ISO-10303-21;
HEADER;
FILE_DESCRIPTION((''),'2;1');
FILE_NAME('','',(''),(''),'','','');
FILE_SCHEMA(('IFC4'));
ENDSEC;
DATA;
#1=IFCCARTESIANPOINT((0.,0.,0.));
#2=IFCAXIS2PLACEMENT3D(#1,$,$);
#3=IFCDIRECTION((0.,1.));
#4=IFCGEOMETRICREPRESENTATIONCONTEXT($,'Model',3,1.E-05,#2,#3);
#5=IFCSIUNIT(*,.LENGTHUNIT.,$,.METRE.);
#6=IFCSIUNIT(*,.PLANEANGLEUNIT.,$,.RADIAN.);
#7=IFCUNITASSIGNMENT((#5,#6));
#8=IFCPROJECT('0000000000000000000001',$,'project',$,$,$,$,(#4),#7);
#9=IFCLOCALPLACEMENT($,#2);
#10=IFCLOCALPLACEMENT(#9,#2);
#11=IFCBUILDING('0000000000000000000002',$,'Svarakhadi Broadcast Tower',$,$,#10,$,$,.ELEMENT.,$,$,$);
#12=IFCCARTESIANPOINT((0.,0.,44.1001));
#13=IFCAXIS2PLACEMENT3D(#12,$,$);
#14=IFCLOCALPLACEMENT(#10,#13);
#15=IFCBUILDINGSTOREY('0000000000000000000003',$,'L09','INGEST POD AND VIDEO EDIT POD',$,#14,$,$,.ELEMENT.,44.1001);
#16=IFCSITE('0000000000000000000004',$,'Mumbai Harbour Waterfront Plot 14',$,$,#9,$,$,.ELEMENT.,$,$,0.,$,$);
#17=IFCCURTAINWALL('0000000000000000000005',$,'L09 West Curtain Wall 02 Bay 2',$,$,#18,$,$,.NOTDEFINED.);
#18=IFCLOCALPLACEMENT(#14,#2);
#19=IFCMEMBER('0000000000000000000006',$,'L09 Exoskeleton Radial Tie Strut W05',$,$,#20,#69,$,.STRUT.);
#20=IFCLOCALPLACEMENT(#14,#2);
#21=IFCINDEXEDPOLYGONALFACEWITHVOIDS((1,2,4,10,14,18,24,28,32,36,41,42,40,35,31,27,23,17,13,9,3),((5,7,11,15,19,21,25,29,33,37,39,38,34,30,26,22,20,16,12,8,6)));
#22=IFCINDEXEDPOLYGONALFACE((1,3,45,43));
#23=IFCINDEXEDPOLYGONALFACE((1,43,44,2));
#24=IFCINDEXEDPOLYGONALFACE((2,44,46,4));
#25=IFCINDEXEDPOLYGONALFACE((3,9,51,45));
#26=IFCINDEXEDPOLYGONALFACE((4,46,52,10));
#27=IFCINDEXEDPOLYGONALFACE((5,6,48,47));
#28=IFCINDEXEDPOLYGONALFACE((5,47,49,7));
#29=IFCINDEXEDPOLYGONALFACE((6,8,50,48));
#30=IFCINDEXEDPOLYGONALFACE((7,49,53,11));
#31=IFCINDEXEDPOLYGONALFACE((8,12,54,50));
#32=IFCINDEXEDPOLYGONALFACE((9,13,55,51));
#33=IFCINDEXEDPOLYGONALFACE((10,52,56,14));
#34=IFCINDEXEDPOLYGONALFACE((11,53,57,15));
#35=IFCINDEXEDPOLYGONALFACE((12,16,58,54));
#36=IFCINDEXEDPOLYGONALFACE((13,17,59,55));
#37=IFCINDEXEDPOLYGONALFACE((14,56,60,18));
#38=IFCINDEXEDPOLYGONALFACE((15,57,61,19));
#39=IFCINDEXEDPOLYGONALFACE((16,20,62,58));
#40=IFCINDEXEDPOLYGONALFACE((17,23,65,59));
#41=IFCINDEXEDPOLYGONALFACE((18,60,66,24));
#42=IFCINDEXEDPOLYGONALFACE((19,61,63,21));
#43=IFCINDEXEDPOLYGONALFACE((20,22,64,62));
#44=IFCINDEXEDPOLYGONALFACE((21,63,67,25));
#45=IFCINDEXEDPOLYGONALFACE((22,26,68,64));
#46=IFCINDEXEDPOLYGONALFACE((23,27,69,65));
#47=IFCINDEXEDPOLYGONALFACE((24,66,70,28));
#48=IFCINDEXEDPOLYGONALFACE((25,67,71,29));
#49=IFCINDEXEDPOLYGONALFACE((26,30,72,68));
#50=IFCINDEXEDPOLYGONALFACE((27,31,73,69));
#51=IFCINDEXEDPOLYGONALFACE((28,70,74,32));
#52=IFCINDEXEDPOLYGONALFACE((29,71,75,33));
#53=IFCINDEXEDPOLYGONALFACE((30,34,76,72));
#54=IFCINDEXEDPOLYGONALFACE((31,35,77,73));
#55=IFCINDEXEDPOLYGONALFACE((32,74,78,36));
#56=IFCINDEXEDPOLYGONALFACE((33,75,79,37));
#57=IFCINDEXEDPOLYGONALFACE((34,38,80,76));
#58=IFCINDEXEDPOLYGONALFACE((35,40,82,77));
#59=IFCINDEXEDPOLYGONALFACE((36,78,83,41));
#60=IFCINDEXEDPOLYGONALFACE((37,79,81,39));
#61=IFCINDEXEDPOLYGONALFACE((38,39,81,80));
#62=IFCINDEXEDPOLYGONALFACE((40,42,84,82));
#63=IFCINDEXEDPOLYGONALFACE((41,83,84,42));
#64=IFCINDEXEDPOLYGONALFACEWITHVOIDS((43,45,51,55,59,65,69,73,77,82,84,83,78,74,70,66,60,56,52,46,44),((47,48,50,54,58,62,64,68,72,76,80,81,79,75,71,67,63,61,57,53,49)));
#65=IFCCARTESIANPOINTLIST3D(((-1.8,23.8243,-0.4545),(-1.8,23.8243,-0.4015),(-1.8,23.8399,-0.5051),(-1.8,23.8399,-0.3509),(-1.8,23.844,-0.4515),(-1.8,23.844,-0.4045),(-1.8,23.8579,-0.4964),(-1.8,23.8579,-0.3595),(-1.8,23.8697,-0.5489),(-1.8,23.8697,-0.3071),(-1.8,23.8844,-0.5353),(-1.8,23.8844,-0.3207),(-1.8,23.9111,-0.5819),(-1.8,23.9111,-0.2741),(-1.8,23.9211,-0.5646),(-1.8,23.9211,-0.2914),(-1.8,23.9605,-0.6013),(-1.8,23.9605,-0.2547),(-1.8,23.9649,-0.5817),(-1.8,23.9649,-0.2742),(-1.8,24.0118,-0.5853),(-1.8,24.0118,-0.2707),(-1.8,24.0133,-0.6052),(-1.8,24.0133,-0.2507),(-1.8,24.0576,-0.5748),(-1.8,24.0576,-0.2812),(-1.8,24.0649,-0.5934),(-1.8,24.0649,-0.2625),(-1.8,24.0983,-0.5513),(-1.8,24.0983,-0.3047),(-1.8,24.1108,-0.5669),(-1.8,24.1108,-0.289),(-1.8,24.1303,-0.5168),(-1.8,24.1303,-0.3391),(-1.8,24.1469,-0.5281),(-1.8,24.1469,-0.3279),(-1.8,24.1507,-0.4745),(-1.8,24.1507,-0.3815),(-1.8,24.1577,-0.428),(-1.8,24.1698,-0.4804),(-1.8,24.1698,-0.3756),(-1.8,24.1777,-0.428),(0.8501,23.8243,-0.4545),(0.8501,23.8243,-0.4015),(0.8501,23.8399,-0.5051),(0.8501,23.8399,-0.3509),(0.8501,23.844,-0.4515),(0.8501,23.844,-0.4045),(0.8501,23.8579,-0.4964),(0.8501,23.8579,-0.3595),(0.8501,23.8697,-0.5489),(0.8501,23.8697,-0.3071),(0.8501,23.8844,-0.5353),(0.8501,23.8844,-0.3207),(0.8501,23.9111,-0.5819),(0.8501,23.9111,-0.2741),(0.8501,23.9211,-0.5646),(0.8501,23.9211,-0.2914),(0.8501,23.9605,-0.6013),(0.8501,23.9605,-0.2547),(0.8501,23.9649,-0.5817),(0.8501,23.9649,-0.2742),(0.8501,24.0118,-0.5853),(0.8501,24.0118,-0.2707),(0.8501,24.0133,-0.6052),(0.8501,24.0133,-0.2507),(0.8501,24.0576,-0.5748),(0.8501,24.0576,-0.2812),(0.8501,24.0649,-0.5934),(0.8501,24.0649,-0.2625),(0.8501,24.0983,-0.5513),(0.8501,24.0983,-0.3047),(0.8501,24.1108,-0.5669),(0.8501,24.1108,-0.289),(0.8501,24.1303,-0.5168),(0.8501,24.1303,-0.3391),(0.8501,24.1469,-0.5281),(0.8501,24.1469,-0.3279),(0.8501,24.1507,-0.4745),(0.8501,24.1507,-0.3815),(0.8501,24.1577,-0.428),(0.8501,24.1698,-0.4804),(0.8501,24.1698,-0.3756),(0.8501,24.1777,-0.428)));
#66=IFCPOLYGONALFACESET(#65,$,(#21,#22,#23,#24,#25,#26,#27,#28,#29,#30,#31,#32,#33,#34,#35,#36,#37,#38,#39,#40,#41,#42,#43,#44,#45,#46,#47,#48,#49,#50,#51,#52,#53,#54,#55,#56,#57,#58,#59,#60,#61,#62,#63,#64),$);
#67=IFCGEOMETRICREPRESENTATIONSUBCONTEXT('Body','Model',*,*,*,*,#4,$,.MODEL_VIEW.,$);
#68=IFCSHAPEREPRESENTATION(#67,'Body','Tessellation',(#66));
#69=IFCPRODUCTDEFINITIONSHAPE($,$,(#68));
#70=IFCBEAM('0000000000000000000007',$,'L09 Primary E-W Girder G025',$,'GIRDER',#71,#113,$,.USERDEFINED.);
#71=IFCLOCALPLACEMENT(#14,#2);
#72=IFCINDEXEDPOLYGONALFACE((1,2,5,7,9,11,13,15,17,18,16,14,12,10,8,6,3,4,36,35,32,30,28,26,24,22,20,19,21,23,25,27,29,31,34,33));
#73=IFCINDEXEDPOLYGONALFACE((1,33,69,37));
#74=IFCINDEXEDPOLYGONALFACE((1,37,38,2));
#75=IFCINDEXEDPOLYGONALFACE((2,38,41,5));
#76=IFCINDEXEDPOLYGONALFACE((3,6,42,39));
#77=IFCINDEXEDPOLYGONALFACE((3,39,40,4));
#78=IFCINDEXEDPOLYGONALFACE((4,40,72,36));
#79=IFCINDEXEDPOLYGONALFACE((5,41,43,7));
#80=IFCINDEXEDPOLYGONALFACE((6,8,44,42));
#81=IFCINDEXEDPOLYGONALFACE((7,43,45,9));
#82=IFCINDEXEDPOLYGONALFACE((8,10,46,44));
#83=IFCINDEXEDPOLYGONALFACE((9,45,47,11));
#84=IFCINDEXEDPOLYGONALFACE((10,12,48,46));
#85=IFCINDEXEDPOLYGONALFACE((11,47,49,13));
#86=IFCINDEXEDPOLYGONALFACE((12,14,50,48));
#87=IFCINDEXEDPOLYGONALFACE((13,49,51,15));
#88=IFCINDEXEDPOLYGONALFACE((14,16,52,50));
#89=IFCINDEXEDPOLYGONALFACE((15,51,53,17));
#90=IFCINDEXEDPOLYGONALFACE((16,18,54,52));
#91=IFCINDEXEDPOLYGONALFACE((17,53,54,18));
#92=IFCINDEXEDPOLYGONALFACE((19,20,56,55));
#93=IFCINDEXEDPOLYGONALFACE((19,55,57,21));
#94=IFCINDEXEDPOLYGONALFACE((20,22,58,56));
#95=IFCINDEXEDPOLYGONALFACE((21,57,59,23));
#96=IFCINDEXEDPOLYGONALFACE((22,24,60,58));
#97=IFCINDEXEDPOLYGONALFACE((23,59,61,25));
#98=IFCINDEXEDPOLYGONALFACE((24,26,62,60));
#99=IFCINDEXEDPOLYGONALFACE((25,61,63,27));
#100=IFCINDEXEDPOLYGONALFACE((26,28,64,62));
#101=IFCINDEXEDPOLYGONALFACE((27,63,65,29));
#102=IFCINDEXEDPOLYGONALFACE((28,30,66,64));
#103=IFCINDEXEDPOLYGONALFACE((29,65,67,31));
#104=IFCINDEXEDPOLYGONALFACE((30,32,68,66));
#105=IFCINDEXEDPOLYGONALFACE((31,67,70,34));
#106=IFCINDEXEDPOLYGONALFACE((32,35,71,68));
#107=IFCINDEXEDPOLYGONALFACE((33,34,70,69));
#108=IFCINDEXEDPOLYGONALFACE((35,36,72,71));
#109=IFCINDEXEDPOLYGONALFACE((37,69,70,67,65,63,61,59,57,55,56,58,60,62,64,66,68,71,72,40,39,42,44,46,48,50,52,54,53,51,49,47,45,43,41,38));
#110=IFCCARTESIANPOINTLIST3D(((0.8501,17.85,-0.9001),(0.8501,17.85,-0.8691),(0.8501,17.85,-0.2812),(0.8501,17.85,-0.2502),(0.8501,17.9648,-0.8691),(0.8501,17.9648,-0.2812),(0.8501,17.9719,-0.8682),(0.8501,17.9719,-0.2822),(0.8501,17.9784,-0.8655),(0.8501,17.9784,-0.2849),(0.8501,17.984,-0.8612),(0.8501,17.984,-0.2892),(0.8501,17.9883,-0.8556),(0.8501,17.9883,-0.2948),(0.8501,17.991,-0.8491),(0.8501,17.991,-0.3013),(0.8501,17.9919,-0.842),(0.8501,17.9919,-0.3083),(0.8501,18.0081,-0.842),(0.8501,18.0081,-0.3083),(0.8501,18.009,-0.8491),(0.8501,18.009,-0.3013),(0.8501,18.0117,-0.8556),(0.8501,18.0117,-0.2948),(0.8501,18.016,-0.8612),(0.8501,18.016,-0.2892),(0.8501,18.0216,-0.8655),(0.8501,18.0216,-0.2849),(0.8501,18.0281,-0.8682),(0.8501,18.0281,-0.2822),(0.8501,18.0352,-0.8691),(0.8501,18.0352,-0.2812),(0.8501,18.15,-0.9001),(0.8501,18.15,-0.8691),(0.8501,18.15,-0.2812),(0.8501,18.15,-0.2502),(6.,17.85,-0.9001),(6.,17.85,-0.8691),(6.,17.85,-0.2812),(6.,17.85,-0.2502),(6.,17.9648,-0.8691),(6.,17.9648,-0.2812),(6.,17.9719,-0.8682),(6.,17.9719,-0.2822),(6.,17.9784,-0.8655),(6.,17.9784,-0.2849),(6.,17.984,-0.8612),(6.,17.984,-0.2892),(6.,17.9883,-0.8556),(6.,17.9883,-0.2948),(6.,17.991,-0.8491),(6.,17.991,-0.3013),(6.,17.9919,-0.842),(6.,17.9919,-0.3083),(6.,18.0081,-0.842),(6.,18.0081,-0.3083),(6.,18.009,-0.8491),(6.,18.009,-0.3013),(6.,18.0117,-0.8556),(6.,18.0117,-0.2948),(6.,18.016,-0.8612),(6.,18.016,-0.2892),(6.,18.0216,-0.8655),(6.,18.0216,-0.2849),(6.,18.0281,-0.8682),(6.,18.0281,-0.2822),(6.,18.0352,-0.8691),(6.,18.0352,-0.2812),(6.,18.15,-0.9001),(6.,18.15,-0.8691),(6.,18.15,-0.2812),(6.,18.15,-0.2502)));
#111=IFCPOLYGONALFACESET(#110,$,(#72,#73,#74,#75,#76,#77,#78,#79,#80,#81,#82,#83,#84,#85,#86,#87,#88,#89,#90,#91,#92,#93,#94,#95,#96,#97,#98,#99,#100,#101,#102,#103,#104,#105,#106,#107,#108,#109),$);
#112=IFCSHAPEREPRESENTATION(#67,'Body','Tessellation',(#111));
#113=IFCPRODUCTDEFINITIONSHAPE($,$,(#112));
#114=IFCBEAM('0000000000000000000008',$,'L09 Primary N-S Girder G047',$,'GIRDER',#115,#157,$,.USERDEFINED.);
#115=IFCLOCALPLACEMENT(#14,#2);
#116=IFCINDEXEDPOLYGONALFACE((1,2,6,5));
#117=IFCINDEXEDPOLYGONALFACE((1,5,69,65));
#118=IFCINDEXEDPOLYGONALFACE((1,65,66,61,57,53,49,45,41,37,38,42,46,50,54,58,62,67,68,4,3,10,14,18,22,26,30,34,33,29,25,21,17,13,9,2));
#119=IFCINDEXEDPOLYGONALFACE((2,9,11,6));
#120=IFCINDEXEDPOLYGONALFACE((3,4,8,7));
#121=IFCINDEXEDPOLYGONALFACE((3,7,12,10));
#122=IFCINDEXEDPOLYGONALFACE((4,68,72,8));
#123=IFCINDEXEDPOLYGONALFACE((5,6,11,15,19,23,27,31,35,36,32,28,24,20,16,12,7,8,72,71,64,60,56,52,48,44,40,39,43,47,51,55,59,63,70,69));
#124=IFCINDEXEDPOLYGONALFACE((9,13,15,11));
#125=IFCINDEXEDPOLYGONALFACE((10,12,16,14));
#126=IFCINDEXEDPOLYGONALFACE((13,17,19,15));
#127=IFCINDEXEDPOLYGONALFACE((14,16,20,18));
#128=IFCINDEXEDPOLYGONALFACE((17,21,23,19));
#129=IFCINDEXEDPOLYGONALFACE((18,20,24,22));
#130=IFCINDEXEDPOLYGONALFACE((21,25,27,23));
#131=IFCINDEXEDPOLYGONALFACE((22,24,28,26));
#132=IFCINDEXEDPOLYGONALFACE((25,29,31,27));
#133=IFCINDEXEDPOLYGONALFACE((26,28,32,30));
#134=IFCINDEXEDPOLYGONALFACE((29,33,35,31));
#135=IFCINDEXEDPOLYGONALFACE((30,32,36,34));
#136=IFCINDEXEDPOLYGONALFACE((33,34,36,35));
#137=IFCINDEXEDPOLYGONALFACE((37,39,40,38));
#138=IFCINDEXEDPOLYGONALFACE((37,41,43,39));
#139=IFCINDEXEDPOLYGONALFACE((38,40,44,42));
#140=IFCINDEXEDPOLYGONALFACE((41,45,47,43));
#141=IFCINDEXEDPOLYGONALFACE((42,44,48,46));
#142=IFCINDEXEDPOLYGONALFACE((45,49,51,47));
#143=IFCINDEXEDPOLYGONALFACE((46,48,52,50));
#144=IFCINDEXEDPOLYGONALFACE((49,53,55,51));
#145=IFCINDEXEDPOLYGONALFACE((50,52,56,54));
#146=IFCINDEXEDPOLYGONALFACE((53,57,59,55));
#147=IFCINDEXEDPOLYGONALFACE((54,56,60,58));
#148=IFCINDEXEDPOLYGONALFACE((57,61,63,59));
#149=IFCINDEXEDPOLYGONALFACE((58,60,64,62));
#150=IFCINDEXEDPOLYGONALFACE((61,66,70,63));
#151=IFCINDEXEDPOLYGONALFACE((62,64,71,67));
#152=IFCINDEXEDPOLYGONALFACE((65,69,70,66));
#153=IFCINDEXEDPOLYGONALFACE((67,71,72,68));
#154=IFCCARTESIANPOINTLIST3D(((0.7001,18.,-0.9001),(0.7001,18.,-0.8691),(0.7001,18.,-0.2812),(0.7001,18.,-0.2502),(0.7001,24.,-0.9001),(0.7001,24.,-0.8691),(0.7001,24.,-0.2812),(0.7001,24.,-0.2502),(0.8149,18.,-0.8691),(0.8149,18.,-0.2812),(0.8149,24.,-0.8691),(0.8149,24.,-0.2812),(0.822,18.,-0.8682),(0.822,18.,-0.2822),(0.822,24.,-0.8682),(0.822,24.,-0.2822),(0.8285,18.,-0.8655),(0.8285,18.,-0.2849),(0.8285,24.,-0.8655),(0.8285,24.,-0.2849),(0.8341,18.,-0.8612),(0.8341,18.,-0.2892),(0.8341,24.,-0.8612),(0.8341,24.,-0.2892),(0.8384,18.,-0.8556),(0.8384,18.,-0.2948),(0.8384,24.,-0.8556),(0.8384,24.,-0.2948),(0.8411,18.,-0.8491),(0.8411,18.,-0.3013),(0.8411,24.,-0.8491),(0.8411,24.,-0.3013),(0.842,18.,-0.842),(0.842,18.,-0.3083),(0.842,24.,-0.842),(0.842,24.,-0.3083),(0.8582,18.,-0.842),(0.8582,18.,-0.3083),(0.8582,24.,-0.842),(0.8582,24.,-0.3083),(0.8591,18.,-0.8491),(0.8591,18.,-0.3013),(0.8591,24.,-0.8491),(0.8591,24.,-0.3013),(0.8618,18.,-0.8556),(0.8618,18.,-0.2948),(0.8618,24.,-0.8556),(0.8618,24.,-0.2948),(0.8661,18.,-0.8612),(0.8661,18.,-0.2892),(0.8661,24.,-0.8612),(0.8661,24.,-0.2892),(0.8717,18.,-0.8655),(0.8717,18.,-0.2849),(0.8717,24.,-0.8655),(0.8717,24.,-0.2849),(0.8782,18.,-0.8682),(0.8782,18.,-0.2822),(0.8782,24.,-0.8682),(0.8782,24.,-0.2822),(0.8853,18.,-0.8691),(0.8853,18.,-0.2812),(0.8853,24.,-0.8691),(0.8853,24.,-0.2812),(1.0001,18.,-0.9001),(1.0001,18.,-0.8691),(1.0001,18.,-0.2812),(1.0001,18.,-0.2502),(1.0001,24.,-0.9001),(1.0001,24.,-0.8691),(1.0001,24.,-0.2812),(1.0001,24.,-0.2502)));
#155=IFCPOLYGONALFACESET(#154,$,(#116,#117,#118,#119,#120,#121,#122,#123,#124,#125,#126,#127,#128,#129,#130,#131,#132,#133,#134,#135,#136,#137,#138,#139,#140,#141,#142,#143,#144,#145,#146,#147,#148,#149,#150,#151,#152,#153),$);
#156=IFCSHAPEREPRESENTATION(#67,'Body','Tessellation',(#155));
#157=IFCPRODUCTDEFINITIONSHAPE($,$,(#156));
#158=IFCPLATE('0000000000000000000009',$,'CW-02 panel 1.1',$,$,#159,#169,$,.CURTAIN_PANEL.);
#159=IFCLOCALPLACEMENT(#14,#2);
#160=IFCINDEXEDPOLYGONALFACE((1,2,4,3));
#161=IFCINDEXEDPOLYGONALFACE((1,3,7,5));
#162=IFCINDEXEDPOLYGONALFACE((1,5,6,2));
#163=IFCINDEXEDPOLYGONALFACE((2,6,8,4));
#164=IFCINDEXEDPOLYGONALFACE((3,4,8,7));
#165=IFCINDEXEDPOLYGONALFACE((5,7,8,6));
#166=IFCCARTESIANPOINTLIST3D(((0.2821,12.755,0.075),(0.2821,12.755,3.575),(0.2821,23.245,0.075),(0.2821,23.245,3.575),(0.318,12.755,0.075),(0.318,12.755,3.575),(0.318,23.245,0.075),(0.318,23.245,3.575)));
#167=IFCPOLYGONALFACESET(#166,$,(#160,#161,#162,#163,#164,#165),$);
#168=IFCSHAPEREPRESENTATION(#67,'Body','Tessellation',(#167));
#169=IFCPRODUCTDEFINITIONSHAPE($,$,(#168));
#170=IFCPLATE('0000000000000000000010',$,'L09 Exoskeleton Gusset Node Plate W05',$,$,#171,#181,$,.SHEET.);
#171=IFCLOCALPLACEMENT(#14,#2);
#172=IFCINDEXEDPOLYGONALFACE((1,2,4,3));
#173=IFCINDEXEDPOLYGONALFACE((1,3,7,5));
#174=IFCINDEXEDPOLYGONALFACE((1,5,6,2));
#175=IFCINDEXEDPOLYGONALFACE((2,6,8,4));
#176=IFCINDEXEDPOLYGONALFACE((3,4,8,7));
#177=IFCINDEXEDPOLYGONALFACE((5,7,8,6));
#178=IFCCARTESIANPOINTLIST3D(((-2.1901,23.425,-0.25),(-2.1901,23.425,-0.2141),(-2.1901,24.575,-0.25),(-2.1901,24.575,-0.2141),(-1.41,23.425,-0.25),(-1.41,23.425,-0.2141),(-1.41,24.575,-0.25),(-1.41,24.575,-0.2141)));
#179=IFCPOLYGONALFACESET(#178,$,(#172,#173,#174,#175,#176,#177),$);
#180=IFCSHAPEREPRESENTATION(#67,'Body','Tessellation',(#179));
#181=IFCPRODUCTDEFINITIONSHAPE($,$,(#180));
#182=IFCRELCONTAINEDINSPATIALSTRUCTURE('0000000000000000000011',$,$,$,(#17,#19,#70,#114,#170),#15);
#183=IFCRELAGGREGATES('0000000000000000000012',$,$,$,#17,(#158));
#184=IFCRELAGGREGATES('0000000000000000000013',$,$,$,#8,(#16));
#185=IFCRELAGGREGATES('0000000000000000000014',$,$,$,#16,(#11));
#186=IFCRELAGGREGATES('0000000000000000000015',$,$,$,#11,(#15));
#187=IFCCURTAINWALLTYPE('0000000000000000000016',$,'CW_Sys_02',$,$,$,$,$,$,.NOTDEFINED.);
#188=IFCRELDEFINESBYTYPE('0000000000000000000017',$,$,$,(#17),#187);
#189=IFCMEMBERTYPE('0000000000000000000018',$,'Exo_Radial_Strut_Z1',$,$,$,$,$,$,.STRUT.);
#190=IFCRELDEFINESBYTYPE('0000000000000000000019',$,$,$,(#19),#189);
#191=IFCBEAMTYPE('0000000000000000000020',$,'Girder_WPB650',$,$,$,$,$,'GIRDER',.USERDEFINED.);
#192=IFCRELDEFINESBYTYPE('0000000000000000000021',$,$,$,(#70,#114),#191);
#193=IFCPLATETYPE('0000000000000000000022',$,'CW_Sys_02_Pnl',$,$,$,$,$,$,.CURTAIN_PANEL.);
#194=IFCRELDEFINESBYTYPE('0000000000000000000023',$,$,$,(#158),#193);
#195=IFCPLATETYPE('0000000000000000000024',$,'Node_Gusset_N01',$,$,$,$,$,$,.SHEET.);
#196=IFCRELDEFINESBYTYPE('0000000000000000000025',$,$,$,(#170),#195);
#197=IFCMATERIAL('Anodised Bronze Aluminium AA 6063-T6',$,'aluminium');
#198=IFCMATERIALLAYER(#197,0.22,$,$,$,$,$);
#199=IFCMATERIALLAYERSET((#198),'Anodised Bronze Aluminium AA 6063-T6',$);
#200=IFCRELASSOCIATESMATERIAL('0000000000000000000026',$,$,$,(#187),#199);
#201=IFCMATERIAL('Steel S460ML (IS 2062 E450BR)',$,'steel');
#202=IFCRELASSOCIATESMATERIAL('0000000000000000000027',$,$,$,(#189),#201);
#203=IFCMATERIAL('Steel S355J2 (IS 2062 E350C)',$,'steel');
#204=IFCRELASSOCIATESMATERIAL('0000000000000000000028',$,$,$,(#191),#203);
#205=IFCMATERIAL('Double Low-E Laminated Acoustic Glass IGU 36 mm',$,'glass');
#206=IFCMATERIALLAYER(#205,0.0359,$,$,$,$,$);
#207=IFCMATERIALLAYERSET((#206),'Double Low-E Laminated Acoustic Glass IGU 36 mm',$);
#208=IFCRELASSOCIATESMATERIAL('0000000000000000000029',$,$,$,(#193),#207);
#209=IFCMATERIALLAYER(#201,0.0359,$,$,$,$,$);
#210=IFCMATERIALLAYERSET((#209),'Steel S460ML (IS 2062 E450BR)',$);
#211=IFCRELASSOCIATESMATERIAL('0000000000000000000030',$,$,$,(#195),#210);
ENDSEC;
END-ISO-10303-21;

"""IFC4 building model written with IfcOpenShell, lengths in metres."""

from ifc_helpers import new_model, si_unit, direction, frame, origin, origin_2d, place, context, subcontext, project, spatial, rectangle, hollow_circle, i_section, extrude, material, layer, layer_set, material_profile, profile_set, type_object, element, aggregate, save


model = new_model("IFC4")

# Units and contexts
model_context = context("Model", 3, precision=1e-05, world=origin(), true_north=direction((0.0, 1.0)))
body_context = subcontext(model_context, "Body", "Model", "MODEL_VIEW")
ifc_project = project(units=[si_unit("LENGTHUNIT", "METRE"), si_unit("PLANEANGLEUNIT", "RADIAN")], contexts=[model_context])

# Site, building, storey
site_placement = place(None, origin())
site = spatial("IfcSite", under=ifc_project, at=site_placement, Name="Mumbai Harbour Waterfront Plot 14", CompositionType="ELEMENT", RefElevation=0.0)
building_placement = place(site_placement, origin())
building = spatial("IfcBuilding", under=site, at=building_placement, Name="Svarakhadi Broadcast Tower", CompositionType="ELEMENT")
storey_placement = place(building_placement, frame((0.0, 0.0, 44.1001)))
storey = spatial("IfcBuildingStorey", under=building, at=storey_placement, Name="L09", Description="INGEST POD AND VIDEO EDIT POD", CompositionType="ELEMENT", Elevation=44.1001)

# Shared definitions
ifc_material_1 = material(Name="Steel S460ML (IS 2062 E450BR)", Category="steel")

# Shared definitions
ifc_material_2 = material(Name="Steel S355J2 (IS 2062 E350C)", Category="steel")

# Curtain wall
ifc_material_3 = material(Name="Anodised Bronze Aluminium AA 6063-T6", Category="aluminium")
ifc_layer_1 = layer(ifc_material_3, 0.22)
ifc_layer_set_1 = layer_set([ifc_layer_1], Name="Anodised Bronze Aluminium AA 6063-T6")
curtain_wall_type = type_object("IfcCurtainWallType", Name="CW_Sys_02", PredefinedType="NOTDEFINED", material=ifc_layer_set_1)
curtain_wall_placement = place(storey_placement, origin())
curtain_wall = element("IfcCurtainWall", 1, at=curtain_wall_placement, inside=storey, type_object=curtain_wall_type, Name="L09 West Curtain Wall 02 Bay 2", PredefinedType="NOTDEFINED")

# Member
ifc_material_profile_1 = material_profile(ifc_material_1, hollow_circle(Radius=0.1777, WallThickness=0.02, at=origin_2d()), Name="CHS 355.6x20")
ifc_profile_set_1 = profile_set([ifc_material_profile_1], Name="Steel S460ML (IS 2062 E450BR)")
member_type_1 = type_object("IfcMemberType", Name="Exo_Radial_Strut_Z1", PredefinedType="STRUT", material=ifc_profile_set_1)
member_1_placement = place(storey_placement, frame((-1.8, 24.0, -0.428), z_axis=(1.0, 0.0, 0.0), x_axis=(0.0, 1.0, 0.0)))
element("IfcMember", 2, at=member_1_placement, inside=storey, type_object=member_type_1, Name="L09 Exoskeleton Radial Tie Strut W05", PredefinedType="STRUT", context=body_context, shape_type="SweptSolid", body=[
    extrude(hollow_circle(Radius=0.1777, WallThickness=0.02, at=origin_2d()), origin(), (0.0, 0.0, 1.0), 2.6501),
])

# Beams
ifc_material_profile_2 = material_profile(ifc_material_2, i_section(OverallWidth=0.3, OverallDepth=0.6499, WebThickness=0.0161, FlangeThickness=0.031, FilletRadius=0.0271, at=origin_2d()), Name="WPB 650x300x225")
ifc_profile_set_2 = profile_set([ifc_material_profile_2], Name="Steel S355J2 (IS 2062 E350C)")
beam_type_1 = type_object("IfcBeamType", Name="Girder_WPB650", ElementType="GIRDER", PredefinedType="USERDEFINED", material=ifc_profile_set_2)
beam_1_placement = place(storey_placement, frame((0.8501, 18.0, -0.5752), z_axis=(1.0, 0.0, 0.0), x_axis=(0.0, 1.0, 0.0)))
element("IfcBeam", 3, at=beam_1_placement, inside=storey, type_object=beam_type_1, Name="L09 Primary E-W Girder G025", ObjectType="GIRDER", PredefinedType="USERDEFINED", context=body_context, shape_type="SweptSolid", body=[
    extrude(i_section(OverallWidth=0.3, OverallDepth=0.6499, WebThickness=0.0161, FlangeThickness=0.031, FilletRadius=0.0271, at=origin_2d()), origin(), (0.0, 0.0, 1.0), 5.1499),
])
beam_2_placement = place(storey_placement, frame((0.8501, 18.0, -0.5752), z_axis=(0.0, 1.0, 0.0), x_axis=(-1.0, 0.0, 0.0)))
element("IfcBeam", 4, at=beam_2_placement, inside=storey, type_object=beam_type_1, Name="L09 Primary N-S Girder G047", ObjectType="GIRDER", PredefinedType="USERDEFINED", context=body_context, shape_type="SweptSolid", body=[
    extrude(i_section(OverallWidth=0.3, OverallDepth=0.6499, WebThickness=0.0161, FlangeThickness=0.031, FilletRadius=0.0271, at=origin_2d()), origin(), (0.0, 0.0, 1.0), 6.0),
])

# Plates
ifc_material_4 = material(Name="Double Low-E Laminated Acoustic Glass IGU 36 mm", Category="glass")
ifc_layer_2 = layer(ifc_material_4, 0.0359)
ifc_layer_set_2 = layer_set([ifc_layer_2], Name="Double Low-E Laminated Acoustic Glass IGU 36 mm")
plate_type_1 = type_object("IfcPlateType", Name="CW_Sys_02_Pnl", PredefinedType="CURTAIN_PANEL", material=ifc_layer_set_2)
plate_1_placement = place(storey_placement, frame((0.3, 18.0, 0.075), z_axis=(0.0, 0.0, 1.0), x_axis=(0.0, 1.0, 0.0)))
plate_1 = element("IfcPlate", 5, at=plate_1_placement, type_object=plate_type_1, Name="CW-02 panel 1.1", PredefinedType="CURTAIN_PANEL", context=body_context, shape_type="SweptSolid", body=[
    extrude(rectangle(XDim=10.49, YDim=0.0359, at=origin_2d()), origin(), (0.0, 0.0, 1.0), 3.5),
])
aggregate(curtain_wall, [plate_1])
ifc_layer_3 = layer(ifc_material_1, 0.0359)
ifc_layer_set_3 = layer_set([ifc_layer_3], Name="Steel S460ML (IS 2062 E450BR)")
plate_type_2 = type_object("IfcPlateType", Name="Node_Gusset_N01", PredefinedType="SHEET", material=ifc_layer_set_3)
plate_2_placement = place(storey_placement, frame((-1.8, 24.0, -0.25), z_axis=(0.0, 0.0, 1.0), x_axis=(0.0, 1.0, 0.0)))
element("IfcPlate", 6, at=plate_2_placement, inside=storey, type_object=plate_type_2, Name="L09 Exoskeleton Gusset Node Plate W05", PredefinedType="SHEET", context=body_context, shape_type="SweptSolid", body=[
    extrude(rectangle(XDim=1.1499, YDim=0.78, at=origin_2d()), origin(), (0.0, 0.0, 1.0), 0.0359),
])

save(model, "model.ifc")
